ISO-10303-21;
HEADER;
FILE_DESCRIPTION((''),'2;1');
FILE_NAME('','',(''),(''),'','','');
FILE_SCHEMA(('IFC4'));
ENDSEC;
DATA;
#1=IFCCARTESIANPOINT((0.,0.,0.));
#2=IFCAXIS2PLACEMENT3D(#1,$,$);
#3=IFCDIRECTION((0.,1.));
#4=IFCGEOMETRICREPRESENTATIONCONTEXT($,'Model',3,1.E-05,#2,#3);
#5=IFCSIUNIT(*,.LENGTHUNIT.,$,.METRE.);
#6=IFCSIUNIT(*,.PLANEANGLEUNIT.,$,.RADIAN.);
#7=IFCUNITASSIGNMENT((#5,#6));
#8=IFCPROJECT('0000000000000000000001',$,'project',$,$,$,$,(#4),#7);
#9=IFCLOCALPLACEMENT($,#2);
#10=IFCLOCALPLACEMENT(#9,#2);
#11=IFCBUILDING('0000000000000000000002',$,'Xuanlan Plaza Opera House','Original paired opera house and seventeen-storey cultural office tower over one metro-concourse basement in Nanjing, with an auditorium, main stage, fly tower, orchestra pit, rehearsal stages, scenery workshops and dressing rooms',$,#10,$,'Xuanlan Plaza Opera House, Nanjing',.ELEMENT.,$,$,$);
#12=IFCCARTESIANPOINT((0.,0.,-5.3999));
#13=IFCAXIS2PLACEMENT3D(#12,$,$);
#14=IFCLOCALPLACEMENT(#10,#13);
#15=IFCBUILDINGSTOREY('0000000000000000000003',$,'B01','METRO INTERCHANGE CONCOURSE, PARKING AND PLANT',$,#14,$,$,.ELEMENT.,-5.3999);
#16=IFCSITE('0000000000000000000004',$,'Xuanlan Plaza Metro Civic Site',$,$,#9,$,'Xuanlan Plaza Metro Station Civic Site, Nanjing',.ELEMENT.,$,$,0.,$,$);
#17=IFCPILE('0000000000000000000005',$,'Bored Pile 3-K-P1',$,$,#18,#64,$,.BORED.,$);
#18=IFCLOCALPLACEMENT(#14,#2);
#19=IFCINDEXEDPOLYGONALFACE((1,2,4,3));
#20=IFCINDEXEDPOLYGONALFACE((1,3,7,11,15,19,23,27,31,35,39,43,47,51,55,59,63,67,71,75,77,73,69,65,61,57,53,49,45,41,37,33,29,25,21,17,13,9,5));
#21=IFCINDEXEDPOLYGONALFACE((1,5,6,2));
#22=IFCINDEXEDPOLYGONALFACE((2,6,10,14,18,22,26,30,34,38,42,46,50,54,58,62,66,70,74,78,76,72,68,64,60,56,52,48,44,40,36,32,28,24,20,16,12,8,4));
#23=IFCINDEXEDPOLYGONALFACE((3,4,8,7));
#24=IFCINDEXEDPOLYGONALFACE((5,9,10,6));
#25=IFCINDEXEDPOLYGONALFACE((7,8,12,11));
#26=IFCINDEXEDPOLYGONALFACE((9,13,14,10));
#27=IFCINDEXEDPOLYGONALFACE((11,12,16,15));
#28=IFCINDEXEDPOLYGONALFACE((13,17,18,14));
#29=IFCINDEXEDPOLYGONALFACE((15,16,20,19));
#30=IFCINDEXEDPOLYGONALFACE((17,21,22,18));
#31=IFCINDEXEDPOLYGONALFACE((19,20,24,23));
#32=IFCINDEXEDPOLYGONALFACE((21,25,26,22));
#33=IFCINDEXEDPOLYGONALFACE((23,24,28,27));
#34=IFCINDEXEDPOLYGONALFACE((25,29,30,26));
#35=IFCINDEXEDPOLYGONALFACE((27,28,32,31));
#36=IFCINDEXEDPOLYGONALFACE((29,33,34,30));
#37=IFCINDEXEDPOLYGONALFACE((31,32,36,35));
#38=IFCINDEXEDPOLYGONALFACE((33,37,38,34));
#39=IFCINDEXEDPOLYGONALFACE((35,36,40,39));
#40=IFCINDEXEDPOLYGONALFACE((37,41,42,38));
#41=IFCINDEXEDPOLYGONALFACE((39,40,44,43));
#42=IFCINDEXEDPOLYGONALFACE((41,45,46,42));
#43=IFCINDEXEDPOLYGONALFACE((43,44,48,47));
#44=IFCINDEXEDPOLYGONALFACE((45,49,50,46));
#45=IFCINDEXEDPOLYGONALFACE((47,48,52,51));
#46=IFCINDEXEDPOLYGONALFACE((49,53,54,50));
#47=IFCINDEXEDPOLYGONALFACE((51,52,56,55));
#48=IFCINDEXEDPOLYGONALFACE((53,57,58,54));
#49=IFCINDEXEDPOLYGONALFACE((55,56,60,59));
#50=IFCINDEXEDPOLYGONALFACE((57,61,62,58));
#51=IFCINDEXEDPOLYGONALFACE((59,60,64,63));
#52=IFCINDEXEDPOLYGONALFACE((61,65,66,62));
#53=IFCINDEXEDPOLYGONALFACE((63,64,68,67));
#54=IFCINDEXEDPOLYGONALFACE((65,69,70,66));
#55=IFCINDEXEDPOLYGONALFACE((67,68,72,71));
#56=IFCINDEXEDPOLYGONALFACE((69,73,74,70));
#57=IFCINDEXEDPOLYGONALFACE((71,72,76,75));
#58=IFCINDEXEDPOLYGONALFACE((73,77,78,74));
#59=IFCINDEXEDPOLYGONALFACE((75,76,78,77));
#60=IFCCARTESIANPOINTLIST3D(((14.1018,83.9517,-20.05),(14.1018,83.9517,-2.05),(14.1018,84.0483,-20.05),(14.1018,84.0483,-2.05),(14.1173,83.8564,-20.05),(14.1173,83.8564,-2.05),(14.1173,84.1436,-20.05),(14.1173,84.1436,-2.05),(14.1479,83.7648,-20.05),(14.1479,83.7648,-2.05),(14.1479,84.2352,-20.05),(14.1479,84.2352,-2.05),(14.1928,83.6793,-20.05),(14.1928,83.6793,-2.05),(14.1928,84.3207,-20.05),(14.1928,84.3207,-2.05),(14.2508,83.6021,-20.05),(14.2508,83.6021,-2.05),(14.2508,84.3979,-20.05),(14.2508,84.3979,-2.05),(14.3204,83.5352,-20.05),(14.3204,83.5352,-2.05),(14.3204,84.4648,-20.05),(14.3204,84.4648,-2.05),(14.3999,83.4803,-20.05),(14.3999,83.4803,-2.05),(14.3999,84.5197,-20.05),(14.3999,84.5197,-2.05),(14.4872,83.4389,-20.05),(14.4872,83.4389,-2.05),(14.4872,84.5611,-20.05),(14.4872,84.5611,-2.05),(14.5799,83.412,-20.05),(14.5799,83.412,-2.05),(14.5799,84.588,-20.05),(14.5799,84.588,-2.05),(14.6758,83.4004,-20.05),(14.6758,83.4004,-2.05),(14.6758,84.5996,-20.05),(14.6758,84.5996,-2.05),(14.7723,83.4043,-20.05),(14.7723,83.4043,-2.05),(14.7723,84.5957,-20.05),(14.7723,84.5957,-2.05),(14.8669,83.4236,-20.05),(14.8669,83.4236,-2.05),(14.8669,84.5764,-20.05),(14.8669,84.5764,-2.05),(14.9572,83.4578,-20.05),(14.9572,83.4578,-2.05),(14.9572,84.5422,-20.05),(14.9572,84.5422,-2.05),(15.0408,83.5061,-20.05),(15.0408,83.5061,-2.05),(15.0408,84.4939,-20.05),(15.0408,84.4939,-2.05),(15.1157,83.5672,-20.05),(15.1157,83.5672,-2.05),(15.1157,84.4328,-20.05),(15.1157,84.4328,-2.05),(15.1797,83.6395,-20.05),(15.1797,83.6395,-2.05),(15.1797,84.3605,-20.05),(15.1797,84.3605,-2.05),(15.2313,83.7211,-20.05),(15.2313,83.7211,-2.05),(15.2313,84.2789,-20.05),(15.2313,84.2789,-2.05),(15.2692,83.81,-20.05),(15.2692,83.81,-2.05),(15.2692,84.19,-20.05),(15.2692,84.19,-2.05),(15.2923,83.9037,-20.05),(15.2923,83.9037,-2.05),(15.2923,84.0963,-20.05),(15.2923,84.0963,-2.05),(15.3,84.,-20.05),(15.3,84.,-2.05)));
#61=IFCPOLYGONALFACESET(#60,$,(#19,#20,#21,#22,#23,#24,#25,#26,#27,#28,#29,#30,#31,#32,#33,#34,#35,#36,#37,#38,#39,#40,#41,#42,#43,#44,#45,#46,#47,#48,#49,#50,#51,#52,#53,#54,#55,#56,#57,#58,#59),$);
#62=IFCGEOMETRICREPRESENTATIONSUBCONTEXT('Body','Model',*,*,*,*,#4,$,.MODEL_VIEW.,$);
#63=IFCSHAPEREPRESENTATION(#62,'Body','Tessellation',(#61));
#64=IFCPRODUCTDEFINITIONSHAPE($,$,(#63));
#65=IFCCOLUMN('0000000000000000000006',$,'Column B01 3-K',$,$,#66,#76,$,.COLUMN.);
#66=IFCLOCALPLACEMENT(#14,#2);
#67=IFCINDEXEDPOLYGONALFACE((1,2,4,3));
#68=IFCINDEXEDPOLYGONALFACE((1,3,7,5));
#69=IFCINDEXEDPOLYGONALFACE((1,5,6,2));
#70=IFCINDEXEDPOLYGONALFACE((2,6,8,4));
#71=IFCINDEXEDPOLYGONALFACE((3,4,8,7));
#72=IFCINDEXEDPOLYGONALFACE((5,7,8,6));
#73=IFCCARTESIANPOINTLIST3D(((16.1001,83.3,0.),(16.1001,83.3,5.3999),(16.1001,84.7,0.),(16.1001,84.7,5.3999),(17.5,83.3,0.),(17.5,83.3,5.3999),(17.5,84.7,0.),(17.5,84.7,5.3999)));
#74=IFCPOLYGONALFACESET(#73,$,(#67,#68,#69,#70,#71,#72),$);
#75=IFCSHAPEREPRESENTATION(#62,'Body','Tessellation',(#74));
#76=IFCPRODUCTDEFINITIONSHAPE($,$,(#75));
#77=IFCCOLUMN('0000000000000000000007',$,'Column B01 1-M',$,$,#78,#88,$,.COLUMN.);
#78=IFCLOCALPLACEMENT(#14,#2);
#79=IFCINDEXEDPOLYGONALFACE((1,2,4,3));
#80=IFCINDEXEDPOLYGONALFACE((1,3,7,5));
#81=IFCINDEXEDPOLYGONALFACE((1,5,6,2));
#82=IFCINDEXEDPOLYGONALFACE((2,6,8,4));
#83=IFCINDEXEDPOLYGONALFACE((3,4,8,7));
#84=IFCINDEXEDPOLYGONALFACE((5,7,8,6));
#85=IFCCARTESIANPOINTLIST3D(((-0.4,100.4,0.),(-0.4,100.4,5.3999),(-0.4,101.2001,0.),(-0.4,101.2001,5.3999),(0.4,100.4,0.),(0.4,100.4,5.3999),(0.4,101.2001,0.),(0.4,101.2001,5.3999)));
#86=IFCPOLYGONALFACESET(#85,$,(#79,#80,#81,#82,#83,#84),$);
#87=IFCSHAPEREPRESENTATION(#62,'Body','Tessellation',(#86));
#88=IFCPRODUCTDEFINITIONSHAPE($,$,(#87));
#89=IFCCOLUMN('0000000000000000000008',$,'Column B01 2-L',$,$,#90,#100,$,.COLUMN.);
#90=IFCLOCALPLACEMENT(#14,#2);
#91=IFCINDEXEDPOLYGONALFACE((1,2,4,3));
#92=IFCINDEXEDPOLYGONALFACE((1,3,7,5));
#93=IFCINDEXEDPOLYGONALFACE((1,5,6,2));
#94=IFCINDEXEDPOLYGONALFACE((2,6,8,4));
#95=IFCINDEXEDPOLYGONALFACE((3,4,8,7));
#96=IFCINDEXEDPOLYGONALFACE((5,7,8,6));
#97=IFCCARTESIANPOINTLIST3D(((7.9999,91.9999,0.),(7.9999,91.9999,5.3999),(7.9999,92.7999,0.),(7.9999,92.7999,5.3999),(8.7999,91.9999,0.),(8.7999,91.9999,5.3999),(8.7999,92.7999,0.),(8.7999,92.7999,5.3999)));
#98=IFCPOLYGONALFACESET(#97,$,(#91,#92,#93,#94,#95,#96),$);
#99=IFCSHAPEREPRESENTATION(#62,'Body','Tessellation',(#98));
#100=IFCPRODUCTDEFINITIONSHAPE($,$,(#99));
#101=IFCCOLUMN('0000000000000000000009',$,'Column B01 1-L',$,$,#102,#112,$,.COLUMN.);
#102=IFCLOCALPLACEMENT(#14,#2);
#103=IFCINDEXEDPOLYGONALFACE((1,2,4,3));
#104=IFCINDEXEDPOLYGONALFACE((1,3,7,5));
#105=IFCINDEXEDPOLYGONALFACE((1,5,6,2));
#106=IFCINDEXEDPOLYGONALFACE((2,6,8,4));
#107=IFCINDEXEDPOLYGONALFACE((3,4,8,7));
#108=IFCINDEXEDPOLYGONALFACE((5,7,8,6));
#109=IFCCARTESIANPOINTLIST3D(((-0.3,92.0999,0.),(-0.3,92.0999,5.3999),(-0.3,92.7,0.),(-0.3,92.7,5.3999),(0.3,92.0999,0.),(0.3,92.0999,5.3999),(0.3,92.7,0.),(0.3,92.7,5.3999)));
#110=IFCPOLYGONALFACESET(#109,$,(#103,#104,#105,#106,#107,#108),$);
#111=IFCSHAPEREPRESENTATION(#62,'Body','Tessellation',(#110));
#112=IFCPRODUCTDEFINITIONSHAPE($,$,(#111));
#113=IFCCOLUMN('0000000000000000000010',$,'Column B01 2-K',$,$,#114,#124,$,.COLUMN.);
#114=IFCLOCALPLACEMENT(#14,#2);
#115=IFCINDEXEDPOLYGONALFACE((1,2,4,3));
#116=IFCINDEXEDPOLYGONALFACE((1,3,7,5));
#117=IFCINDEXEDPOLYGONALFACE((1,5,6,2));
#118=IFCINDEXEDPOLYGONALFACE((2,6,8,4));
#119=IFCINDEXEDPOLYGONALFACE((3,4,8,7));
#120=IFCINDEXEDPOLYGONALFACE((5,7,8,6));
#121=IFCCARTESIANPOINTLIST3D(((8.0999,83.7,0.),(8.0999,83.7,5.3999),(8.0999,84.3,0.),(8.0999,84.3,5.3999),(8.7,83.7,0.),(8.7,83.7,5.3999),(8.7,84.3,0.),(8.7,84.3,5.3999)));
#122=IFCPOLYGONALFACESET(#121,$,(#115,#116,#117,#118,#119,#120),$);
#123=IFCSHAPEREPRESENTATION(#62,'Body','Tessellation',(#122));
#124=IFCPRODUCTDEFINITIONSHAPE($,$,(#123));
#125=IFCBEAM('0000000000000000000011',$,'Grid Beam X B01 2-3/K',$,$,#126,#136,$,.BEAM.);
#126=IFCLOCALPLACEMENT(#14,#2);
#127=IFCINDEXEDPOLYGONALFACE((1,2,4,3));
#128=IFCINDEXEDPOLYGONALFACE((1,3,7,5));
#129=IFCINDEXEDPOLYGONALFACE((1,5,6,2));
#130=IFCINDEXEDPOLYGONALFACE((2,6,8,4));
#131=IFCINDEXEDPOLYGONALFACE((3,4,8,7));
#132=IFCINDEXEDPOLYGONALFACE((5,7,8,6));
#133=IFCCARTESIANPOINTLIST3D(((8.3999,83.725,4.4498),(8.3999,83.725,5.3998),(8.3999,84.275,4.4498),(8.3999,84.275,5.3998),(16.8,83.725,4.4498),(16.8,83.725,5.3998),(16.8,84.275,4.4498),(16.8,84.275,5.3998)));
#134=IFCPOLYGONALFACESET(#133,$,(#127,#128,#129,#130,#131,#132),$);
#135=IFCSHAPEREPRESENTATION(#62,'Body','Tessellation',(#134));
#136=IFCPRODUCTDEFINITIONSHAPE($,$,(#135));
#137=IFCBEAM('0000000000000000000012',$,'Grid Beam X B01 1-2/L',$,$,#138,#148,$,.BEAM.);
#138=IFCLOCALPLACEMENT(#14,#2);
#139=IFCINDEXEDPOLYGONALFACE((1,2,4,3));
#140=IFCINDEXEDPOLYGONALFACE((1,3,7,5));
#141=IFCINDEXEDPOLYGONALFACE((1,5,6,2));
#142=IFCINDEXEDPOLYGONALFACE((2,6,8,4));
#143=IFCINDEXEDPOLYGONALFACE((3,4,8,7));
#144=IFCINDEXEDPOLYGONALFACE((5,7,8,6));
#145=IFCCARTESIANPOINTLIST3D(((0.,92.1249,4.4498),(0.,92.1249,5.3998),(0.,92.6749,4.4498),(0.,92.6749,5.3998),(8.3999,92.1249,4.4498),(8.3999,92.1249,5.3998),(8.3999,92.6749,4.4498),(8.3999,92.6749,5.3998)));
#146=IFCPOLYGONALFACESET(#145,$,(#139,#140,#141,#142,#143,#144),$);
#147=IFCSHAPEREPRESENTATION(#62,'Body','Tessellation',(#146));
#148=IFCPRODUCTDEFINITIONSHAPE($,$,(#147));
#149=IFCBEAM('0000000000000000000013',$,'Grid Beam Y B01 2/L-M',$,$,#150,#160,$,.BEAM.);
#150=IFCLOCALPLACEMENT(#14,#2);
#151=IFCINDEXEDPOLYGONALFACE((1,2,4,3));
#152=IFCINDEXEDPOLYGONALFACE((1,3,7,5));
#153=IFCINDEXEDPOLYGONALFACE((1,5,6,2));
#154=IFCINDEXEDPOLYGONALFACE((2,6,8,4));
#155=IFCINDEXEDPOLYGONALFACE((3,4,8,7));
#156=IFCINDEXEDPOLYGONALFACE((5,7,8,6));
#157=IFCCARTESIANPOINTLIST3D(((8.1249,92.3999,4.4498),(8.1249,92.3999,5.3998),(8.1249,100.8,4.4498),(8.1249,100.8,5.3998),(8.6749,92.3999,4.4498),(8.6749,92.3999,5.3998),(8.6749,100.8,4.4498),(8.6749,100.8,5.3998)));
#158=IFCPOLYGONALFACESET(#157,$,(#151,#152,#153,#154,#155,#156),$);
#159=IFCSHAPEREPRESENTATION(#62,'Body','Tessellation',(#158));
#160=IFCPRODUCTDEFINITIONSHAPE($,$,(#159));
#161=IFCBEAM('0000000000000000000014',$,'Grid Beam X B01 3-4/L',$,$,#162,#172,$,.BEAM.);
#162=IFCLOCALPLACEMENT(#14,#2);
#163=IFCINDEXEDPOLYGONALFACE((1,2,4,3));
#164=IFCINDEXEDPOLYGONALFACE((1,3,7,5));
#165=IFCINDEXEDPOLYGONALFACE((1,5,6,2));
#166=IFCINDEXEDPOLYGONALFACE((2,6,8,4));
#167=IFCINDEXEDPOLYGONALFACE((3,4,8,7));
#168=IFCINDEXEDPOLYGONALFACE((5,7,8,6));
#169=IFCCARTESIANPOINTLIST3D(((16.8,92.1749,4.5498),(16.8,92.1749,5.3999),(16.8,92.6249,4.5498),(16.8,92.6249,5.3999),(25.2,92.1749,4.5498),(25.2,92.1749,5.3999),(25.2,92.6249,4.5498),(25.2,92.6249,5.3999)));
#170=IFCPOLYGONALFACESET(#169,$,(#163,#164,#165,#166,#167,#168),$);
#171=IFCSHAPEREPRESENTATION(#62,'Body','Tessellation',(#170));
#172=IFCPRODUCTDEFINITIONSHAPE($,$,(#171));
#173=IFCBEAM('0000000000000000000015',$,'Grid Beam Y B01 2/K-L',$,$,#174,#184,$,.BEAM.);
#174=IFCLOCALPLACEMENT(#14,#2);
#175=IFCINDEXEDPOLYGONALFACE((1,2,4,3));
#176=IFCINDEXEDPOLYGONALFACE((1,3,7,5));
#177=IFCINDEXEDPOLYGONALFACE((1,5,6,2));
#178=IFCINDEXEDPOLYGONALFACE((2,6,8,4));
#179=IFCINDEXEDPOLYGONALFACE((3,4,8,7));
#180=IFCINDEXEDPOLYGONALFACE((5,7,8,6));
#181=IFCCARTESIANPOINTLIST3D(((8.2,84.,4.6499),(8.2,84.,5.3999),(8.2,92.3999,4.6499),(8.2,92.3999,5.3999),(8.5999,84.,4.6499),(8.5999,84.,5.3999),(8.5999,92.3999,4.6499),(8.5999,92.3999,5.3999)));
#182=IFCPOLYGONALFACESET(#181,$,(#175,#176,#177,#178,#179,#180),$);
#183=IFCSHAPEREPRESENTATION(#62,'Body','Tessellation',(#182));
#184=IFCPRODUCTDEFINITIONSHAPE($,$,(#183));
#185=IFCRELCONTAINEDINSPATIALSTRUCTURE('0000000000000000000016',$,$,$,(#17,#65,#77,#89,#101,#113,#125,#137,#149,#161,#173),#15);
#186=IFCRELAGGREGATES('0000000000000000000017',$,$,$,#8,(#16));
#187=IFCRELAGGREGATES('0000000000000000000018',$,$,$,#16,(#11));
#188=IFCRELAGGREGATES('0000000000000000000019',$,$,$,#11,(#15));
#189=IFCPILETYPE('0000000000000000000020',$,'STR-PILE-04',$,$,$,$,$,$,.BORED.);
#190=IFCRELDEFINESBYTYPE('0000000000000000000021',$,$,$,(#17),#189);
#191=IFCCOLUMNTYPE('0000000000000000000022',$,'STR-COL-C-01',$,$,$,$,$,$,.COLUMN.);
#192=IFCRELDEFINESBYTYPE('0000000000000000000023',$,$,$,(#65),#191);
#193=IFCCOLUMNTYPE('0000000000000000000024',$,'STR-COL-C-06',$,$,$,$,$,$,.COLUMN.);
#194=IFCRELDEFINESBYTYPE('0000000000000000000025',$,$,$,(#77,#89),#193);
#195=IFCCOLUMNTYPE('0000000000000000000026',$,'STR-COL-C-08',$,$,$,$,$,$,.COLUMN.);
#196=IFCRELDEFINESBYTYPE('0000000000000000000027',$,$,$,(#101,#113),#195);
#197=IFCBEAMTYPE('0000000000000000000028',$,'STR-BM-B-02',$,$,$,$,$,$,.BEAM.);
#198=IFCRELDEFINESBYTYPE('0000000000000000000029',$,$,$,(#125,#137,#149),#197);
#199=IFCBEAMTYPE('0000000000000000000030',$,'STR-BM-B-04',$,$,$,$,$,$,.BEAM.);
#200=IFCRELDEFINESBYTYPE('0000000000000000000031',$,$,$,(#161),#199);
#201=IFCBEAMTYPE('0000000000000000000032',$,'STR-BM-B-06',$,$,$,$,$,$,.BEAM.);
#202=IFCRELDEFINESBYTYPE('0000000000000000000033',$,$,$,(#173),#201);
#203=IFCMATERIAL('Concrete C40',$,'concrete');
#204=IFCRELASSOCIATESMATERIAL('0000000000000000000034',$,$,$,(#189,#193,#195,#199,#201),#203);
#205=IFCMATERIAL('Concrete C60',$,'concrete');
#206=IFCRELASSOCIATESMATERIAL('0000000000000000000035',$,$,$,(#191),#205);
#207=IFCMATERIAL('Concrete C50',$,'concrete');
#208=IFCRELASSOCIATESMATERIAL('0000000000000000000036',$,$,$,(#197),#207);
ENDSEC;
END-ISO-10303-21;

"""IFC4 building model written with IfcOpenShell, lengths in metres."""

from ifc_helpers import new_model, si_unit, direction, frame, origin, origin_2d, place, context, subcontext, project, spatial, rectangle, circle, extrude, material, material_profile, profile_set, type_object, element, save


model = new_model("IFC4")

# Units and contexts
model_context = context("Model", 3, precision=1e-05, world=origin(), true_north=direction((0.0, 1.0)))
body_context = subcontext(model_context, "Body", "Model", "MODEL_VIEW")
ifc_project = project(units=[si_unit("LENGTHUNIT", "METRE"), si_unit("PLANEANGLEUNIT", "RADIAN")], contexts=[model_context])

# Site, building, storey
site_placement = place(None, origin())
site = spatial("IfcSite", under=ifc_project, at=site_placement, Name="Xuanlan Plaza Metro Civic Site", LongName="Xuanlan Plaza Metro Station Civic Site, Nanjing", CompositionType="ELEMENT", RefElevation=0.0)
building_placement = place(site_placement, origin())
building = spatial("IfcBuilding", under=site, at=building_placement, Name="Xuanlan Plaza Opera House", Description="Original paired opera house and seventeen-storey cultural office tower over one metro-concourse basement in Nanjing, with an auditorium, main stage, fly tower, orchestra pit, rehearsal stages, scenery workshops and dressing rooms", LongName="Xuanlan Plaza Opera House, Nanjing", CompositionType="ELEMENT")
storey_placement = place(building_placement, frame((0.0, 0.0, -5.3999)))
storey = spatial("IfcBuildingStorey", under=building, at=storey_placement, Name="B01", Description="METRO INTERCHANGE CONCOURSE, PARKING AND PLANT", CompositionType="ELEMENT", Elevation=-5.3999)

# Shared definitions
ifc_material_1 = material(Name="Concrete C50", Category="concrete")
ifc_material_2 = material(Name="Concrete C40", Category="concrete")

# Pile
ifc_material_profile_1 = material_profile(ifc_material_2, circle(Radius=0.6001, at=origin_2d()), Name="PILE D1200")
ifc_profile_set_1 = profile_set([ifc_material_profile_1], Name="Concrete C40")
pile_type_1 = type_object("IfcPileType", Name="STR-PILE-04", PredefinedType="BORED", material=ifc_profile_set_1)
pile_1_placement = place(storey_placement, frame((14.7, 84.0, -2.05), z_axis=(0.0, 0.0, -1.0), x_axis=(1.0, 0.0, 0.0)))
element("IfcPile", 1, at=pile_1_placement, inside=storey, type_object=pile_type_1, Name="Bored Pile 3-K-P1", PredefinedType="BORED", context=body_context, shape_type="SweptSolid", body=[
    extrude(circle(Radius=0.6001, at=origin_2d()), origin(), (0.0, 0.0, 1.0), 18.0),
])

# Columns
ifc_material_3 = material(Name="Concrete C60", Category="concrete")
ifc_material_profile_2 = material_profile(ifc_material_3, rectangle(XDim=1.3999, YDim=1.3999, at=origin_2d()), Name="RC-COL 1400x1400")
ifc_profile_set_2 = profile_set([ifc_material_profile_2], Name="Concrete C60")
column_type_1 = type_object("IfcColumnType", Name="STR-COL-C-01", PredefinedType="COLUMN", material=ifc_profile_set_2)
column_placement = place(storey_placement, frame((16.8, 84.0, 0.0), z_axis=(0.0, 0.0, 1.0), x_axis=(1.0, 0.0, 0.0)))
element("IfcColumn", 2, at=column_placement, inside=storey, type_object=column_type_1, Name="Column B01 3-K", PredefinedType="COLUMN", context=body_context, shape_type="SweptSolid", body=[
    extrude(rectangle(XDim=1.3999, YDim=1.3999, at=origin_2d()), origin(), (0.0, 0.0, 1.0), 5.3999),
])
ifc_material_profile_3 = material_profile(ifc_material_2, rectangle(XDim=0.8, YDim=0.8, at=origin_2d()), Name="RC-COL 800x800")
ifc_profile_set_3 = profile_set([ifc_material_profile_3], Name="Concrete C40")
column_type_2 = type_object("IfcColumnType", Name="STR-COL-C-06", PredefinedType="COLUMN", material=ifc_profile_set_3)
for number, where, z_axis, x_axis, name in (
    (3, (0.0, 100.8, 0.0), (0.0, 0.0, 1.0), (1.0, 0.0, 0.0), "Column B01 1-M"),
    (4, (8.3999, 92.3999, 0.0), (0.0, 0.0, 1.0), (1.0, 0.0, 0.0), "Column B01 2-L"),
):
    element("IfcColumn", number, at=place(storey_placement, frame(where, z_axis=z_axis, x_axis=x_axis)), inside=storey, type_object=column_type_2, Name=name, PredefinedType="COLUMN", context=body_context, shape_type="SweptSolid", body=[
        extrude(rectangle(XDim=0.8, YDim=0.8, at=origin_2d()), origin(), (0.0, 0.0, 1.0), 5.3999),
    ])
ifc_material_profile_4 = material_profile(ifc_material_2, rectangle(XDim=0.6001, YDim=0.6001, at=origin_2d()), Name="RC-COL 600x600")
ifc_profile_set_4 = profile_set([ifc_material_profile_4], Name="Concrete C40")
column_type_3 = type_object("IfcColumnType", Name="STR-COL-C-08", PredefinedType="COLUMN", material=ifc_profile_set_4)
for number, where, z_axis, x_axis, name in (
    (5, (0.0, 92.3999, 0.0), (0.0, 0.0, 1.0), (1.0, 0.0, 0.0), "Column B01 1-L"),
    (6, (8.3999, 84.0, 0.0), (0.0, 0.0, 1.0), (1.0, 0.0, 0.0), "Column B01 2-K"),
):
    element("IfcColumn", number, at=place(storey_placement, frame(where, z_axis=z_axis, x_axis=x_axis)), inside=storey, type_object=column_type_3, Name=name, PredefinedType="COLUMN", context=body_context, shape_type="SweptSolid", body=[
        extrude(rectangle(XDim=0.6001, YDim=0.6001, at=origin_2d()), origin(), (0.0, 0.0, 1.0), 5.3999),
    ])

# Beams
ifc_material_profile_5 = material_profile(ifc_material_1, rectangle(XDim=0.55, YDim=0.95, at=origin_2d()), Name="RC-BM 550x950")
ifc_profile_set_5 = profile_set([ifc_material_profile_5], Name="Concrete C50")
beam_type_1 = type_object("IfcBeamType", Name="STR-BM-B-02", PredefinedType="BEAM", material=ifc_profile_set_5)
beam_1_placement = place(storey_placement, frame((8.3999, 84.0, 4.9248), z_axis=(1.0, 0.0, 0.0), x_axis=(0.0, 1.0, 0.0)))
element("IfcBeam", 7, at=beam_1_placement, inside=storey, type_object=beam_type_1, Name="Grid Beam X B01 2-3/K", PredefinedType="BEAM", context=body_context, shape_type="SweptSolid", body=[
    extrude(rectangle(XDim=0.55, YDim=0.95, at=origin_2d()), origin(), (0.0, 0.0, 1.0), 8.4001),
])
beam_2_placement = place(storey_placement, frame((0.0, 92.3999, 4.9248), z_axis=(1.0, 0.0, 0.0), x_axis=(0.0, 1.0, 0.0)))
element("IfcBeam", 8, at=beam_2_placement, inside=storey, type_object=beam_type_1, Name="Grid Beam X B01 1-2/L", PredefinedType="BEAM", context=body_context, shape_type="SweptSolid", body=[
    extrude(rectangle(XDim=0.55, YDim=0.95, at=origin_2d()), origin(), (0.0, 0.0, 1.0), 8.3999),
])
beam_3_placement = place(storey_placement, frame((8.3999, 92.3999, 4.9248), z_axis=(0.0, 1.0, 0.0), x_axis=(-1.0, 0.0, 0.0)))
element("IfcBeam", 9, at=beam_3_placement, inside=storey, type_object=beam_type_1, Name="Grid Beam Y B01 2/L-M", PredefinedType="BEAM", context=body_context, shape_type="SweptSolid", body=[
    extrude(rectangle(XDim=0.55, YDim=0.95, at=origin_2d()), origin(), (0.0, 0.0, 1.0), 8.4001),
])
ifc_material_profile_6 = material_profile(ifc_material_2, rectangle(XDim=0.45, YDim=0.8501, at=origin_2d()), Name="RC-BM 450x850")
ifc_profile_set_6 = profile_set([ifc_material_profile_6], Name="Concrete C40")
beam_type_2 = type_object("IfcBeamType", Name="STR-BM-B-04", PredefinedType="BEAM", material=ifc_profile_set_6)
beam_4_placement = place(storey_placement, frame((16.8, 92.3999, 4.9749), z_axis=(1.0, 0.0, 0.0), x_axis=(0.0, 1.0, 0.0)))
element("IfcBeam", 10, at=beam_4_placement, inside=storey, type_object=beam_type_2, Name="Grid Beam X B01 3-4/L", PredefinedType="BEAM", context=body_context, shape_type="SweptSolid", body=[
    extrude(rectangle(XDim=0.45, YDim=0.8501, at=origin_2d()), origin(), (0.0, 0.0, 1.0), 8.3999),
])
ifc_material_profile_7 = material_profile(ifc_material_2, rectangle(XDim=0.3999, YDim=0.75, at=origin_2d()), Name="RC-BM 400x750")
ifc_profile_set_7 = profile_set([ifc_material_profile_7], Name="Concrete C40")
beam_type_3 = type_object("IfcBeamType", Name="STR-BM-B-06", PredefinedType="BEAM", material=ifc_profile_set_7)
beam_5_placement = place(storey_placement, frame((8.3999, 84.0, 5.0249), z_axis=(0.0, 1.0, 0.0), x_axis=(-1.0, 0.0, 0.0)))
element("IfcBeam", 11, at=beam_5_placement, inside=storey, type_object=beam_type_3, Name="Grid Beam Y B01 2/K-L", PredefinedType="BEAM", context=body_context, shape_type="SweptSolid", body=[
    extrude(rectangle(XDim=0.3999, YDim=0.75, at=origin_2d()), origin(), (0.0, 0.0, 1.0), 8.3999),
])

save(model, "model.ifc")
